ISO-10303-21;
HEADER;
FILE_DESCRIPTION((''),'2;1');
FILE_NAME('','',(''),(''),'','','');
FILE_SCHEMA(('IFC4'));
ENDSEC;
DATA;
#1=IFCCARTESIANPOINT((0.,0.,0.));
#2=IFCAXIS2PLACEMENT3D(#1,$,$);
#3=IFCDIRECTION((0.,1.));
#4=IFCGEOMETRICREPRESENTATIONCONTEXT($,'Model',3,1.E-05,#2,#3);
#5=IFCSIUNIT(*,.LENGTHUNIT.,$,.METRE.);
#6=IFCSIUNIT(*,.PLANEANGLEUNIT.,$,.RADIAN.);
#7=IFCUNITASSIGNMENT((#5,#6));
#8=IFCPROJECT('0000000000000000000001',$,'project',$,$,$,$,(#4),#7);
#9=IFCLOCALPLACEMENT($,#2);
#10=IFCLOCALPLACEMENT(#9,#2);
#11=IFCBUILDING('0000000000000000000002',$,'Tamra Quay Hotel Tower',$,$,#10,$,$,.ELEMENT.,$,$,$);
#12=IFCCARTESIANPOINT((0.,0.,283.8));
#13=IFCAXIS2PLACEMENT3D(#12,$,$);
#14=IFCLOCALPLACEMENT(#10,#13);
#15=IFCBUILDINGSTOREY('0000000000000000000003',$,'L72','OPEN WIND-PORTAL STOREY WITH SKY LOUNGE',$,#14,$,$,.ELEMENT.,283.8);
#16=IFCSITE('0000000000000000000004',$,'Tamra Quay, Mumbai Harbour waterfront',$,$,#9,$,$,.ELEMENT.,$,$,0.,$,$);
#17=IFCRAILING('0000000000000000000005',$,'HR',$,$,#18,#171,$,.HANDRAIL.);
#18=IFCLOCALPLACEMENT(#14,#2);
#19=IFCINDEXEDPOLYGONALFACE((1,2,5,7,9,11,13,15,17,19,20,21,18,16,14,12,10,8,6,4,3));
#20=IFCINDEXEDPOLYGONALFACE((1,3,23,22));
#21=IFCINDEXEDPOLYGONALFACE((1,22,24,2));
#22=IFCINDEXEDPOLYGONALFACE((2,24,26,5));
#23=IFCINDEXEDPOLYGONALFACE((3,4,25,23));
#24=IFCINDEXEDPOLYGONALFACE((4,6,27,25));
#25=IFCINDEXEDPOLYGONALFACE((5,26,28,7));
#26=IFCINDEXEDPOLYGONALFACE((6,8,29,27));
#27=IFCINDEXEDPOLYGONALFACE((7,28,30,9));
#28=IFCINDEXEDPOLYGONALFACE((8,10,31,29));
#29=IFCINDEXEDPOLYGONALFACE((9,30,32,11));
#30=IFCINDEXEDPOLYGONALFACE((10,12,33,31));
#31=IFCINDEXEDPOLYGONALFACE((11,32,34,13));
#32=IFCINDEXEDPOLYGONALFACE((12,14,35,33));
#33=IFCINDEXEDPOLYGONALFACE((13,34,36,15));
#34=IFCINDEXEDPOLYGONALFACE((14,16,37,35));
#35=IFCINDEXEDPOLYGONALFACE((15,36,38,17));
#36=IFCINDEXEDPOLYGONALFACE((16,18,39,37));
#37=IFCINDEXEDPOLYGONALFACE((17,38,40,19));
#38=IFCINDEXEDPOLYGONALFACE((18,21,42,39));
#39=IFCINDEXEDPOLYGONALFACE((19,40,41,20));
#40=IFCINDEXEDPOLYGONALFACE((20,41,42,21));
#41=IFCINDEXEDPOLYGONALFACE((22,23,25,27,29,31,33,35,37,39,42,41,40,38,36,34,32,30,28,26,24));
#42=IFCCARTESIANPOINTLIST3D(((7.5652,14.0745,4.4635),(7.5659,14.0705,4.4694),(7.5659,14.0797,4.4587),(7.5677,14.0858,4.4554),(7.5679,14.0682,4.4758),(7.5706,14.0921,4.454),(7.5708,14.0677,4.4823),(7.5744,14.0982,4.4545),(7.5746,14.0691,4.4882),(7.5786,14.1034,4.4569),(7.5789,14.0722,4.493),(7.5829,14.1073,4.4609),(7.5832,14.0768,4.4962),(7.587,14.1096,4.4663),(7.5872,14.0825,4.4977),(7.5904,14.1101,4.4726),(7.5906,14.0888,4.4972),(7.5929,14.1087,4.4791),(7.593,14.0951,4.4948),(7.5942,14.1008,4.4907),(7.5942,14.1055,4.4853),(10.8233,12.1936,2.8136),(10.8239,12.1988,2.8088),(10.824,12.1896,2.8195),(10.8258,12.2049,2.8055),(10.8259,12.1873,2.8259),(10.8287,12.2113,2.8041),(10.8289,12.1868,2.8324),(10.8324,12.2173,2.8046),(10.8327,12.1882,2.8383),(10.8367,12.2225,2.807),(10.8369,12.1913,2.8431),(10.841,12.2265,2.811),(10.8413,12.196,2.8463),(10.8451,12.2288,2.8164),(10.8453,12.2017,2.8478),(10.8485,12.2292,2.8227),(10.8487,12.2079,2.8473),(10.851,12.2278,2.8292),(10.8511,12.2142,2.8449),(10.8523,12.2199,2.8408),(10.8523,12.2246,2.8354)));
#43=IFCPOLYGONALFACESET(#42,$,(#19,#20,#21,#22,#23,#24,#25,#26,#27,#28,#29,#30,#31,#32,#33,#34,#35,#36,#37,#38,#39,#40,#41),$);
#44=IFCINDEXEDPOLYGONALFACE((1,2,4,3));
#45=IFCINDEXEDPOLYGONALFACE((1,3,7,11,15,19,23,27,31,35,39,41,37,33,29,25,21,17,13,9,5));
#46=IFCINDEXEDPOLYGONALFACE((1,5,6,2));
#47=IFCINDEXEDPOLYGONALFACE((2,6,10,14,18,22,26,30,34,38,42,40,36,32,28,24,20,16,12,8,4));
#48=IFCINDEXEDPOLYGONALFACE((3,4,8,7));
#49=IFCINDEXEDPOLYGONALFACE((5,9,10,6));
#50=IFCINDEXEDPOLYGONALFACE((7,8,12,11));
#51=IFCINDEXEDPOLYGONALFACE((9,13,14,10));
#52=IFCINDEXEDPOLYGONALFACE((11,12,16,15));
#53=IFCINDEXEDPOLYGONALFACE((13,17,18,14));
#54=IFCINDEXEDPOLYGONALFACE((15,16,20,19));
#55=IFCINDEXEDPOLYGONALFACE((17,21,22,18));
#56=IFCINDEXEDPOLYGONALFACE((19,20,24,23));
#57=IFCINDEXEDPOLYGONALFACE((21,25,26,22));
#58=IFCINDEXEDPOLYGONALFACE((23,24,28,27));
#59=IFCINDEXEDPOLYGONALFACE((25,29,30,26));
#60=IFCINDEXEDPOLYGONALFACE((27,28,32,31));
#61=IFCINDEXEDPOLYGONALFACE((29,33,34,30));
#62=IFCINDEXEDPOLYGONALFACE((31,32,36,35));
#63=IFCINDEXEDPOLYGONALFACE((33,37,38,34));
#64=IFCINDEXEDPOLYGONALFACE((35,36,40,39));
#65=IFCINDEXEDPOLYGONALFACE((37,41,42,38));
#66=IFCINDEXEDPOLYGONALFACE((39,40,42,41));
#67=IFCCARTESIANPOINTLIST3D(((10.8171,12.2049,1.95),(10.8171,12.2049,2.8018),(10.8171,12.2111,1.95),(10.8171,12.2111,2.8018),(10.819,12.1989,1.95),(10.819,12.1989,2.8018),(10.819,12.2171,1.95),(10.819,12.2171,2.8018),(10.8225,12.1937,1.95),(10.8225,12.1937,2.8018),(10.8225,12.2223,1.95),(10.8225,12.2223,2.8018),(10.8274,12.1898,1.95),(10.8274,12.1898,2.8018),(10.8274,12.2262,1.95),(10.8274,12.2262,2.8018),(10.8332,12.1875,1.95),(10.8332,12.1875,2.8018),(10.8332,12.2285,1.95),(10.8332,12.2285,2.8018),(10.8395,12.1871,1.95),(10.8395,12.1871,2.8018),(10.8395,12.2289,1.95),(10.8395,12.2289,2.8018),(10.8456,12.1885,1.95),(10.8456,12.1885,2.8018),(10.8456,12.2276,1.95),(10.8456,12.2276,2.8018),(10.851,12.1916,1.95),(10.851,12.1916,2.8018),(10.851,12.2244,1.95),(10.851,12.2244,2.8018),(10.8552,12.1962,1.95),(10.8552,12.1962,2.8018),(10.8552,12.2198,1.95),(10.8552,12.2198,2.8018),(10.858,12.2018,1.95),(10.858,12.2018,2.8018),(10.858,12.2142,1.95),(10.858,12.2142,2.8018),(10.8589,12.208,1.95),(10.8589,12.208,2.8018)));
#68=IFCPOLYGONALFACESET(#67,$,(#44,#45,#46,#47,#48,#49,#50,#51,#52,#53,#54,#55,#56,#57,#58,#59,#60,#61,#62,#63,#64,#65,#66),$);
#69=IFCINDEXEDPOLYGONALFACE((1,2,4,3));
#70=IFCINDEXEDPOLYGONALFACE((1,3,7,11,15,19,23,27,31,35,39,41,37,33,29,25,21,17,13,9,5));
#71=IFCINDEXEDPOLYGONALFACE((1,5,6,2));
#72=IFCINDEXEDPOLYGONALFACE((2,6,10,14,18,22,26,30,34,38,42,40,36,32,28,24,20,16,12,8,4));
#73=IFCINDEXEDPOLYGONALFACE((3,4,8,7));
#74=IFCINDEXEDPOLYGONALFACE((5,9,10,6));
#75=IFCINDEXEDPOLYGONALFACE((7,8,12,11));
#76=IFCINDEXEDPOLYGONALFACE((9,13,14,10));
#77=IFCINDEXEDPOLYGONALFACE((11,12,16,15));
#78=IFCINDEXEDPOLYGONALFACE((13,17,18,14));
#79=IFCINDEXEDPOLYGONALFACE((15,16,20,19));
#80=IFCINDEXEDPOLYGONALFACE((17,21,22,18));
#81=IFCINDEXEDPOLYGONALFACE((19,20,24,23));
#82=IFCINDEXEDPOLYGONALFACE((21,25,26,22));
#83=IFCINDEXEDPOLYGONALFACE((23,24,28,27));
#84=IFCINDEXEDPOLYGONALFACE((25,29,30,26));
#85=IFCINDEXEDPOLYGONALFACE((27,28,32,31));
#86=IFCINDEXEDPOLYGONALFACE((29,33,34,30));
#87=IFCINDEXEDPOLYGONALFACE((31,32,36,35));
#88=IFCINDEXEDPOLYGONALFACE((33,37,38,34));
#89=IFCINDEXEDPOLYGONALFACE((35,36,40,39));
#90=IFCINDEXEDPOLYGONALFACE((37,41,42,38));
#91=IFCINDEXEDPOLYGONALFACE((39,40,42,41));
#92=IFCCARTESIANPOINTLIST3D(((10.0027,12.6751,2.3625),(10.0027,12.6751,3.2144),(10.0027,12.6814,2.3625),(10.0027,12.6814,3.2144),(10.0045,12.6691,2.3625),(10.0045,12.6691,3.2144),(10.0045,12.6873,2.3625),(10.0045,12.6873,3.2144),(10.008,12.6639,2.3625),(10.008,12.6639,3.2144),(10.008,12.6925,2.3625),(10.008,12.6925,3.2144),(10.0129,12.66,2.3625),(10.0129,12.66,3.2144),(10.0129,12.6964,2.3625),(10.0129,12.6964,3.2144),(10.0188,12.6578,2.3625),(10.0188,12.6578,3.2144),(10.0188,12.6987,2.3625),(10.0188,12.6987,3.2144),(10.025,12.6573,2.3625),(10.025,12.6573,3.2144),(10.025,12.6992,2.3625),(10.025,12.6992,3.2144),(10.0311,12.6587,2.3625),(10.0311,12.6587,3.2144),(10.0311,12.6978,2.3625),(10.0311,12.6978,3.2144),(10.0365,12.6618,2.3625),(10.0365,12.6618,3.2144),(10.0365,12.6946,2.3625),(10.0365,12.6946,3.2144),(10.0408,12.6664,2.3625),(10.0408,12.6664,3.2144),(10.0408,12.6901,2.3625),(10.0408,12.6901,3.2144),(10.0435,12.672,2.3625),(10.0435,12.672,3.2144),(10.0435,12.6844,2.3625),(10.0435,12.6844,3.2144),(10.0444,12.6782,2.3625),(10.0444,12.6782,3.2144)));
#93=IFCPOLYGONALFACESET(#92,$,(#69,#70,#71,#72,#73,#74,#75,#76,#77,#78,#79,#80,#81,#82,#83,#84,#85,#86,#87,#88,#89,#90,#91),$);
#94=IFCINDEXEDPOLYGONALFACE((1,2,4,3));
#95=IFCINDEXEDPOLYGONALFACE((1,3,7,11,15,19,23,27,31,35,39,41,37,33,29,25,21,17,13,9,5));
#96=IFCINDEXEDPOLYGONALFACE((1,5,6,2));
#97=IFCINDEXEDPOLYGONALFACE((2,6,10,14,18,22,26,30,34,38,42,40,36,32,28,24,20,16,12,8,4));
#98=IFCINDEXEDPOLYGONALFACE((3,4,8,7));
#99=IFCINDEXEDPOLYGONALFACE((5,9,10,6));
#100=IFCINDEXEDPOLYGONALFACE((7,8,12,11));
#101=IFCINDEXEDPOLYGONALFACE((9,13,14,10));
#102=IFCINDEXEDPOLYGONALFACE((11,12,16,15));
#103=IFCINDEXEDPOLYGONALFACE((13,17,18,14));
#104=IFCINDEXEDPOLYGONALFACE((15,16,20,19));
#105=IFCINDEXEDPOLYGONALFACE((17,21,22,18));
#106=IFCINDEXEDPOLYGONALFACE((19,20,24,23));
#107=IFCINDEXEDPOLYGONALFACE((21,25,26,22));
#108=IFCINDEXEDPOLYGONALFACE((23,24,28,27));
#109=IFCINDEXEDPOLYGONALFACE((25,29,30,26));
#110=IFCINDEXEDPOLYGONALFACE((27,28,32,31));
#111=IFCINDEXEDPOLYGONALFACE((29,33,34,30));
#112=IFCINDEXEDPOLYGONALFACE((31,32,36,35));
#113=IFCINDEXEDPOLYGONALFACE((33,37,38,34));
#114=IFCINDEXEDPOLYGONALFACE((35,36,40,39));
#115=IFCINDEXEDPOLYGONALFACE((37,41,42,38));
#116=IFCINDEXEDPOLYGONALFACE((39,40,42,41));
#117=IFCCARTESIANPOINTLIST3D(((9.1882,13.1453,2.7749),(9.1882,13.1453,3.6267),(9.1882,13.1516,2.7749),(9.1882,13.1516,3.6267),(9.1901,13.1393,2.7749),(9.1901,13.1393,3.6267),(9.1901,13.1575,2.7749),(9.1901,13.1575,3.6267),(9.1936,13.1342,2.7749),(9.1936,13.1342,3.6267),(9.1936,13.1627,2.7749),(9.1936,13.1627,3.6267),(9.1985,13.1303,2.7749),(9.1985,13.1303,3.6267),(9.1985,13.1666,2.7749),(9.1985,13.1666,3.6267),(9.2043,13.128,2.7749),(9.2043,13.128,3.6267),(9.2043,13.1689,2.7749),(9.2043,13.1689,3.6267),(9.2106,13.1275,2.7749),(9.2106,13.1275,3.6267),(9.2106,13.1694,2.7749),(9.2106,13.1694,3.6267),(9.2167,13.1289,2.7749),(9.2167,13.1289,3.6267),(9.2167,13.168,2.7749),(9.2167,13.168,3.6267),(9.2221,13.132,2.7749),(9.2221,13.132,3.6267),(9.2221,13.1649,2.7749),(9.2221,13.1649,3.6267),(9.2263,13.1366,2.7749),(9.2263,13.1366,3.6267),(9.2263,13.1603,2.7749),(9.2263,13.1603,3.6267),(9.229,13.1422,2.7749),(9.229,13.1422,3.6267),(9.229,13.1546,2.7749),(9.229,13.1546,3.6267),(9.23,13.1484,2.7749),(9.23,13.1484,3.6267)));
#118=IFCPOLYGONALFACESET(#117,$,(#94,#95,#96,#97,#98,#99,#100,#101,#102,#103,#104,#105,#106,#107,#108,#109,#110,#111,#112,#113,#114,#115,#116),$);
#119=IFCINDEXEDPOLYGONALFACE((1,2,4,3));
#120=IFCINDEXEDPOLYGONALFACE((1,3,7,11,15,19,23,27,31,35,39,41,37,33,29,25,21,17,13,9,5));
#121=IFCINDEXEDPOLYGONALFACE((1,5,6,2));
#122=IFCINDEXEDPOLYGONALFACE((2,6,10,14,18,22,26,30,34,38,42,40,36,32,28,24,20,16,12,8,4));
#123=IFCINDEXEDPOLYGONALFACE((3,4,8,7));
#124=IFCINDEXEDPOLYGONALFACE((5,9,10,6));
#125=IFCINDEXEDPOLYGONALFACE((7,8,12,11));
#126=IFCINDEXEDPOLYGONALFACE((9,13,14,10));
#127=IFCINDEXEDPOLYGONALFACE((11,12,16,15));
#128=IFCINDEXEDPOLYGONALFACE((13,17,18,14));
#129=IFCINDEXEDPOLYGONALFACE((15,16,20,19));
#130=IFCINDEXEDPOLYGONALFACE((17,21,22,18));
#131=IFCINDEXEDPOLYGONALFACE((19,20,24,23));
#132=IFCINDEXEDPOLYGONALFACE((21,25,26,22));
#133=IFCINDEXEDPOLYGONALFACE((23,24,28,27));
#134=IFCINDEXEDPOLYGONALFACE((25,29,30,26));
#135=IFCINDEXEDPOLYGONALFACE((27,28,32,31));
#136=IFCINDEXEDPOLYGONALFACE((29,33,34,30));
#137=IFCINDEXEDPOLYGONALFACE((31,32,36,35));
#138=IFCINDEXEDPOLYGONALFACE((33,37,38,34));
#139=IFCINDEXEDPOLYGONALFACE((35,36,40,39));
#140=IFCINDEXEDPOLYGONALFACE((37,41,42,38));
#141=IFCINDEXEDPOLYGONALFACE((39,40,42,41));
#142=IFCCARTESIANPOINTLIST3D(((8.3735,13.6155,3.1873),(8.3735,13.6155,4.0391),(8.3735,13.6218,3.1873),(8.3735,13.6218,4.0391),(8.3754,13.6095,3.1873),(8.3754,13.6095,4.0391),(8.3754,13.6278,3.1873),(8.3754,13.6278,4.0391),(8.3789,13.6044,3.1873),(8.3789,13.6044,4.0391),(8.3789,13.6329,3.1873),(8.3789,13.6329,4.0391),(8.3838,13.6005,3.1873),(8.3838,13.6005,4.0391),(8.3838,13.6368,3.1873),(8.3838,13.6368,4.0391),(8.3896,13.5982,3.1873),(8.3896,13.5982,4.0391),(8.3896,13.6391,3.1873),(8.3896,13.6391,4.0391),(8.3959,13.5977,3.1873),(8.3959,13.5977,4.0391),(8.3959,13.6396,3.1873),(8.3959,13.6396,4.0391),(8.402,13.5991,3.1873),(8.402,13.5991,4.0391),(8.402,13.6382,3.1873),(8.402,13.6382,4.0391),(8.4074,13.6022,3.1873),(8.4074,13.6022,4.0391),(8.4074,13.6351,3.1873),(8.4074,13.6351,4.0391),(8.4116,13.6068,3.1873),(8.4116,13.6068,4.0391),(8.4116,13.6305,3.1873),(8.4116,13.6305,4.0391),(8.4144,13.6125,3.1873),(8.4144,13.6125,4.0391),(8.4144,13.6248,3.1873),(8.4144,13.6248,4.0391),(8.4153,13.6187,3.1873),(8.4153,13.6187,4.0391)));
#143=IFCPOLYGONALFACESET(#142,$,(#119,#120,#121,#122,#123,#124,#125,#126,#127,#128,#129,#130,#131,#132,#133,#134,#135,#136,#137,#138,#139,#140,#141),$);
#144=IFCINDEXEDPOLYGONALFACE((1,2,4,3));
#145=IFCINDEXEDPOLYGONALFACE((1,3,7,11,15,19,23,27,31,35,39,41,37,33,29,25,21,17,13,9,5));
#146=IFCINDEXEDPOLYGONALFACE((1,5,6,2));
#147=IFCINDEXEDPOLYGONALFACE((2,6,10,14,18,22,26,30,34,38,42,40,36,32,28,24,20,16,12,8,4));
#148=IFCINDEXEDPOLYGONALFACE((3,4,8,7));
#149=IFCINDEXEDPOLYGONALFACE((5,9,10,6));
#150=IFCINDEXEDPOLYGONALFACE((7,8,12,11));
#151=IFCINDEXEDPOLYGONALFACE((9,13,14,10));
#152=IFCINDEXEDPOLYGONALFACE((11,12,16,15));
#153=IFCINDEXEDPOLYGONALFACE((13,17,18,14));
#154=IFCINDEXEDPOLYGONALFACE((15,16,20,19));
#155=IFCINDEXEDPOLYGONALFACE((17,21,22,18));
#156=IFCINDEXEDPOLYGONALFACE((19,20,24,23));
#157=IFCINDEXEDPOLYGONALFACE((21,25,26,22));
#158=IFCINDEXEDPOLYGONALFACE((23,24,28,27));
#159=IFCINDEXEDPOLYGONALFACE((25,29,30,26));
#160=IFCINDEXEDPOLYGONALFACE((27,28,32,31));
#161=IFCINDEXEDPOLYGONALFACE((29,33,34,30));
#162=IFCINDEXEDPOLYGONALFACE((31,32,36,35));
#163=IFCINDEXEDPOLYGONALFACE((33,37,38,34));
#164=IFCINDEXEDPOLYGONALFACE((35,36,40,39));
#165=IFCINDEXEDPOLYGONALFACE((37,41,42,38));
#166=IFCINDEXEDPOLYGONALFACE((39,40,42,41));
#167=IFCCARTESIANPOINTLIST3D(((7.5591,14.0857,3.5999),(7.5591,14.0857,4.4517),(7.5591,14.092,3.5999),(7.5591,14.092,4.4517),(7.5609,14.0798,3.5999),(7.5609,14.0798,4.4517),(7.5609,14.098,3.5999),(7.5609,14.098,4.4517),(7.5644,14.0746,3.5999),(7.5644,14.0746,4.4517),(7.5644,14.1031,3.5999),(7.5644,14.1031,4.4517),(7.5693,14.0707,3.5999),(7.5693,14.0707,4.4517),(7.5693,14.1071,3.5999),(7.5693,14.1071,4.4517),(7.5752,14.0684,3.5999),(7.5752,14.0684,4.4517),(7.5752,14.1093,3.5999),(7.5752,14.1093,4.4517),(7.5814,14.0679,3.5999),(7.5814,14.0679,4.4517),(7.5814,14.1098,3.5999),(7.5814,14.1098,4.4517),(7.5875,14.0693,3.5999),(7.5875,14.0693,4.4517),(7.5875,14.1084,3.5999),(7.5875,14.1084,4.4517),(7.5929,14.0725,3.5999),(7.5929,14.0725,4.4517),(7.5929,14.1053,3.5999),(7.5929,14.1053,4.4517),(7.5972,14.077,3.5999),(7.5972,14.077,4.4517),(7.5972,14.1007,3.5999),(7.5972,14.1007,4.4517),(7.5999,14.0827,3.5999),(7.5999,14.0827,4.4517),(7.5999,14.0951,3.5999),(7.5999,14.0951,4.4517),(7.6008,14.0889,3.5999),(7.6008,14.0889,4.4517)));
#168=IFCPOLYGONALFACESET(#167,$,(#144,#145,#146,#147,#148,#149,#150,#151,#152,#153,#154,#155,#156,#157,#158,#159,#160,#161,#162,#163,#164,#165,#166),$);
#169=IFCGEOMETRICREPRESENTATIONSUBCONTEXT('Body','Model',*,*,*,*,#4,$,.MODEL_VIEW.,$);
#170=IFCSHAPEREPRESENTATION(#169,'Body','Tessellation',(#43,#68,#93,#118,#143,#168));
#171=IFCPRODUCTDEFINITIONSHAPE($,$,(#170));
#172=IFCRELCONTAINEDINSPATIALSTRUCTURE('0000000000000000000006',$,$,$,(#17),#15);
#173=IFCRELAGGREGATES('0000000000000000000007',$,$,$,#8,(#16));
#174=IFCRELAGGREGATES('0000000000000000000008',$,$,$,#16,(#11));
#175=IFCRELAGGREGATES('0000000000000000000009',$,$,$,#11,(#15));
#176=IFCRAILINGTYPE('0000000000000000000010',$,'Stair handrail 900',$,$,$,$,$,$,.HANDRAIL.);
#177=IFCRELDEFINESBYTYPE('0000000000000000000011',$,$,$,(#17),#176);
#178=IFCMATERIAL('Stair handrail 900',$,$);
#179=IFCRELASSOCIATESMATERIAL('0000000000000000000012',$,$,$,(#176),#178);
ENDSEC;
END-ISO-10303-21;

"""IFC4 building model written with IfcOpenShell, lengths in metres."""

from ifc_helpers import new_model, si_unit, direction, frame, origin, origin_2d, place, context, subcontext, project, spatial, circle, extrude, material, type_object, element, save


model = new_model("IFC4")

# Units and contexts
model_context = context("Model", 3, precision=1e-05, world=origin(), true_north=direction((0.0, 1.0)))
body_context = subcontext(model_context, "Body", "Model", "MODEL_VIEW")
ifc_project = project(units=[si_unit("LENGTHUNIT", "METRE"), si_unit("PLANEANGLEUNIT", "RADIAN")], contexts=[model_context])

# Site, building, storey
site_placement = place(None, origin())
site = spatial("IfcSite", under=ifc_project, at=site_placement, Name="Tamra Quay, Mumbai Harbour waterfront", CompositionType="ELEMENT", RefElevation=0.0)
building_placement = place(site_placement, origin())
building = spatial("IfcBuilding", under=site, at=building_placement, Name="Tamra Quay Hotel Tower", CompositionType="ELEMENT")
storey_placement = place(building_placement, frame((0.0, 0.0, 283.8)))
storey = spatial("IfcBuildingStorey", under=building, at=storey_placement, Name="L72", Description="OPEN WIND-PORTAL STOREY WITH SKY LOUNGE", CompositionType="ELEMENT", Elevation=283.8)

# Railing
ifc_material_1 = material(Name="Stair handrail 900")
railing_type_1 = type_object("IfcRailingType", Name="Stair handrail 900", PredefinedType="HANDRAIL", material=ifc_material_1)
railing_1_placement = place(storey_placement, frame((10.8379, 12.208, 1.95)))
element("IfcRailing", 1, at=railing_1_placement, inside=storey, type_object=railing_type_1, Name="HR", PredefinedType="HANDRAIL", context=body_context, shape_type="SweptSolid", body=[
    extrude(circle(Radius=0.0239, at=origin_2d()), frame((0.0, 0.0, 0.876), z_axis=(-0.793122, 0.457865, 0.401642), x_axis=(-0.499964, -0.866046, 0.0)), (0.0, 0.0, 1.0), 4.1079),
    extrude(circle(Radius=0.021, at=origin_2d()), origin(), (0.0, 0.0, 1.0), 0.8518),
    extrude(circle(Radius=0.021, at=origin_2d()), frame((-0.8145, 0.4702, 0.4126)), (0.0, 0.0, 1.0), 0.8518),
    extrude(circle(Radius=0.021, at=origin_2d()), frame((-1.6289, 0.9404, 0.825)), (0.0, 0.0, 1.0), 0.8518),
    extrude(circle(Radius=0.021, at=origin_2d()), frame((-2.4436, 1.4106, 1.2373)), (0.0, 0.0, 1.0), 0.8518),
    extrude(circle(Radius=0.021, at=origin_2d()), frame((-3.2581, 1.8809, 1.6499)), (0.0, 0.0, 1.0), 0.8518),
])

save(model, "model.ifc")
